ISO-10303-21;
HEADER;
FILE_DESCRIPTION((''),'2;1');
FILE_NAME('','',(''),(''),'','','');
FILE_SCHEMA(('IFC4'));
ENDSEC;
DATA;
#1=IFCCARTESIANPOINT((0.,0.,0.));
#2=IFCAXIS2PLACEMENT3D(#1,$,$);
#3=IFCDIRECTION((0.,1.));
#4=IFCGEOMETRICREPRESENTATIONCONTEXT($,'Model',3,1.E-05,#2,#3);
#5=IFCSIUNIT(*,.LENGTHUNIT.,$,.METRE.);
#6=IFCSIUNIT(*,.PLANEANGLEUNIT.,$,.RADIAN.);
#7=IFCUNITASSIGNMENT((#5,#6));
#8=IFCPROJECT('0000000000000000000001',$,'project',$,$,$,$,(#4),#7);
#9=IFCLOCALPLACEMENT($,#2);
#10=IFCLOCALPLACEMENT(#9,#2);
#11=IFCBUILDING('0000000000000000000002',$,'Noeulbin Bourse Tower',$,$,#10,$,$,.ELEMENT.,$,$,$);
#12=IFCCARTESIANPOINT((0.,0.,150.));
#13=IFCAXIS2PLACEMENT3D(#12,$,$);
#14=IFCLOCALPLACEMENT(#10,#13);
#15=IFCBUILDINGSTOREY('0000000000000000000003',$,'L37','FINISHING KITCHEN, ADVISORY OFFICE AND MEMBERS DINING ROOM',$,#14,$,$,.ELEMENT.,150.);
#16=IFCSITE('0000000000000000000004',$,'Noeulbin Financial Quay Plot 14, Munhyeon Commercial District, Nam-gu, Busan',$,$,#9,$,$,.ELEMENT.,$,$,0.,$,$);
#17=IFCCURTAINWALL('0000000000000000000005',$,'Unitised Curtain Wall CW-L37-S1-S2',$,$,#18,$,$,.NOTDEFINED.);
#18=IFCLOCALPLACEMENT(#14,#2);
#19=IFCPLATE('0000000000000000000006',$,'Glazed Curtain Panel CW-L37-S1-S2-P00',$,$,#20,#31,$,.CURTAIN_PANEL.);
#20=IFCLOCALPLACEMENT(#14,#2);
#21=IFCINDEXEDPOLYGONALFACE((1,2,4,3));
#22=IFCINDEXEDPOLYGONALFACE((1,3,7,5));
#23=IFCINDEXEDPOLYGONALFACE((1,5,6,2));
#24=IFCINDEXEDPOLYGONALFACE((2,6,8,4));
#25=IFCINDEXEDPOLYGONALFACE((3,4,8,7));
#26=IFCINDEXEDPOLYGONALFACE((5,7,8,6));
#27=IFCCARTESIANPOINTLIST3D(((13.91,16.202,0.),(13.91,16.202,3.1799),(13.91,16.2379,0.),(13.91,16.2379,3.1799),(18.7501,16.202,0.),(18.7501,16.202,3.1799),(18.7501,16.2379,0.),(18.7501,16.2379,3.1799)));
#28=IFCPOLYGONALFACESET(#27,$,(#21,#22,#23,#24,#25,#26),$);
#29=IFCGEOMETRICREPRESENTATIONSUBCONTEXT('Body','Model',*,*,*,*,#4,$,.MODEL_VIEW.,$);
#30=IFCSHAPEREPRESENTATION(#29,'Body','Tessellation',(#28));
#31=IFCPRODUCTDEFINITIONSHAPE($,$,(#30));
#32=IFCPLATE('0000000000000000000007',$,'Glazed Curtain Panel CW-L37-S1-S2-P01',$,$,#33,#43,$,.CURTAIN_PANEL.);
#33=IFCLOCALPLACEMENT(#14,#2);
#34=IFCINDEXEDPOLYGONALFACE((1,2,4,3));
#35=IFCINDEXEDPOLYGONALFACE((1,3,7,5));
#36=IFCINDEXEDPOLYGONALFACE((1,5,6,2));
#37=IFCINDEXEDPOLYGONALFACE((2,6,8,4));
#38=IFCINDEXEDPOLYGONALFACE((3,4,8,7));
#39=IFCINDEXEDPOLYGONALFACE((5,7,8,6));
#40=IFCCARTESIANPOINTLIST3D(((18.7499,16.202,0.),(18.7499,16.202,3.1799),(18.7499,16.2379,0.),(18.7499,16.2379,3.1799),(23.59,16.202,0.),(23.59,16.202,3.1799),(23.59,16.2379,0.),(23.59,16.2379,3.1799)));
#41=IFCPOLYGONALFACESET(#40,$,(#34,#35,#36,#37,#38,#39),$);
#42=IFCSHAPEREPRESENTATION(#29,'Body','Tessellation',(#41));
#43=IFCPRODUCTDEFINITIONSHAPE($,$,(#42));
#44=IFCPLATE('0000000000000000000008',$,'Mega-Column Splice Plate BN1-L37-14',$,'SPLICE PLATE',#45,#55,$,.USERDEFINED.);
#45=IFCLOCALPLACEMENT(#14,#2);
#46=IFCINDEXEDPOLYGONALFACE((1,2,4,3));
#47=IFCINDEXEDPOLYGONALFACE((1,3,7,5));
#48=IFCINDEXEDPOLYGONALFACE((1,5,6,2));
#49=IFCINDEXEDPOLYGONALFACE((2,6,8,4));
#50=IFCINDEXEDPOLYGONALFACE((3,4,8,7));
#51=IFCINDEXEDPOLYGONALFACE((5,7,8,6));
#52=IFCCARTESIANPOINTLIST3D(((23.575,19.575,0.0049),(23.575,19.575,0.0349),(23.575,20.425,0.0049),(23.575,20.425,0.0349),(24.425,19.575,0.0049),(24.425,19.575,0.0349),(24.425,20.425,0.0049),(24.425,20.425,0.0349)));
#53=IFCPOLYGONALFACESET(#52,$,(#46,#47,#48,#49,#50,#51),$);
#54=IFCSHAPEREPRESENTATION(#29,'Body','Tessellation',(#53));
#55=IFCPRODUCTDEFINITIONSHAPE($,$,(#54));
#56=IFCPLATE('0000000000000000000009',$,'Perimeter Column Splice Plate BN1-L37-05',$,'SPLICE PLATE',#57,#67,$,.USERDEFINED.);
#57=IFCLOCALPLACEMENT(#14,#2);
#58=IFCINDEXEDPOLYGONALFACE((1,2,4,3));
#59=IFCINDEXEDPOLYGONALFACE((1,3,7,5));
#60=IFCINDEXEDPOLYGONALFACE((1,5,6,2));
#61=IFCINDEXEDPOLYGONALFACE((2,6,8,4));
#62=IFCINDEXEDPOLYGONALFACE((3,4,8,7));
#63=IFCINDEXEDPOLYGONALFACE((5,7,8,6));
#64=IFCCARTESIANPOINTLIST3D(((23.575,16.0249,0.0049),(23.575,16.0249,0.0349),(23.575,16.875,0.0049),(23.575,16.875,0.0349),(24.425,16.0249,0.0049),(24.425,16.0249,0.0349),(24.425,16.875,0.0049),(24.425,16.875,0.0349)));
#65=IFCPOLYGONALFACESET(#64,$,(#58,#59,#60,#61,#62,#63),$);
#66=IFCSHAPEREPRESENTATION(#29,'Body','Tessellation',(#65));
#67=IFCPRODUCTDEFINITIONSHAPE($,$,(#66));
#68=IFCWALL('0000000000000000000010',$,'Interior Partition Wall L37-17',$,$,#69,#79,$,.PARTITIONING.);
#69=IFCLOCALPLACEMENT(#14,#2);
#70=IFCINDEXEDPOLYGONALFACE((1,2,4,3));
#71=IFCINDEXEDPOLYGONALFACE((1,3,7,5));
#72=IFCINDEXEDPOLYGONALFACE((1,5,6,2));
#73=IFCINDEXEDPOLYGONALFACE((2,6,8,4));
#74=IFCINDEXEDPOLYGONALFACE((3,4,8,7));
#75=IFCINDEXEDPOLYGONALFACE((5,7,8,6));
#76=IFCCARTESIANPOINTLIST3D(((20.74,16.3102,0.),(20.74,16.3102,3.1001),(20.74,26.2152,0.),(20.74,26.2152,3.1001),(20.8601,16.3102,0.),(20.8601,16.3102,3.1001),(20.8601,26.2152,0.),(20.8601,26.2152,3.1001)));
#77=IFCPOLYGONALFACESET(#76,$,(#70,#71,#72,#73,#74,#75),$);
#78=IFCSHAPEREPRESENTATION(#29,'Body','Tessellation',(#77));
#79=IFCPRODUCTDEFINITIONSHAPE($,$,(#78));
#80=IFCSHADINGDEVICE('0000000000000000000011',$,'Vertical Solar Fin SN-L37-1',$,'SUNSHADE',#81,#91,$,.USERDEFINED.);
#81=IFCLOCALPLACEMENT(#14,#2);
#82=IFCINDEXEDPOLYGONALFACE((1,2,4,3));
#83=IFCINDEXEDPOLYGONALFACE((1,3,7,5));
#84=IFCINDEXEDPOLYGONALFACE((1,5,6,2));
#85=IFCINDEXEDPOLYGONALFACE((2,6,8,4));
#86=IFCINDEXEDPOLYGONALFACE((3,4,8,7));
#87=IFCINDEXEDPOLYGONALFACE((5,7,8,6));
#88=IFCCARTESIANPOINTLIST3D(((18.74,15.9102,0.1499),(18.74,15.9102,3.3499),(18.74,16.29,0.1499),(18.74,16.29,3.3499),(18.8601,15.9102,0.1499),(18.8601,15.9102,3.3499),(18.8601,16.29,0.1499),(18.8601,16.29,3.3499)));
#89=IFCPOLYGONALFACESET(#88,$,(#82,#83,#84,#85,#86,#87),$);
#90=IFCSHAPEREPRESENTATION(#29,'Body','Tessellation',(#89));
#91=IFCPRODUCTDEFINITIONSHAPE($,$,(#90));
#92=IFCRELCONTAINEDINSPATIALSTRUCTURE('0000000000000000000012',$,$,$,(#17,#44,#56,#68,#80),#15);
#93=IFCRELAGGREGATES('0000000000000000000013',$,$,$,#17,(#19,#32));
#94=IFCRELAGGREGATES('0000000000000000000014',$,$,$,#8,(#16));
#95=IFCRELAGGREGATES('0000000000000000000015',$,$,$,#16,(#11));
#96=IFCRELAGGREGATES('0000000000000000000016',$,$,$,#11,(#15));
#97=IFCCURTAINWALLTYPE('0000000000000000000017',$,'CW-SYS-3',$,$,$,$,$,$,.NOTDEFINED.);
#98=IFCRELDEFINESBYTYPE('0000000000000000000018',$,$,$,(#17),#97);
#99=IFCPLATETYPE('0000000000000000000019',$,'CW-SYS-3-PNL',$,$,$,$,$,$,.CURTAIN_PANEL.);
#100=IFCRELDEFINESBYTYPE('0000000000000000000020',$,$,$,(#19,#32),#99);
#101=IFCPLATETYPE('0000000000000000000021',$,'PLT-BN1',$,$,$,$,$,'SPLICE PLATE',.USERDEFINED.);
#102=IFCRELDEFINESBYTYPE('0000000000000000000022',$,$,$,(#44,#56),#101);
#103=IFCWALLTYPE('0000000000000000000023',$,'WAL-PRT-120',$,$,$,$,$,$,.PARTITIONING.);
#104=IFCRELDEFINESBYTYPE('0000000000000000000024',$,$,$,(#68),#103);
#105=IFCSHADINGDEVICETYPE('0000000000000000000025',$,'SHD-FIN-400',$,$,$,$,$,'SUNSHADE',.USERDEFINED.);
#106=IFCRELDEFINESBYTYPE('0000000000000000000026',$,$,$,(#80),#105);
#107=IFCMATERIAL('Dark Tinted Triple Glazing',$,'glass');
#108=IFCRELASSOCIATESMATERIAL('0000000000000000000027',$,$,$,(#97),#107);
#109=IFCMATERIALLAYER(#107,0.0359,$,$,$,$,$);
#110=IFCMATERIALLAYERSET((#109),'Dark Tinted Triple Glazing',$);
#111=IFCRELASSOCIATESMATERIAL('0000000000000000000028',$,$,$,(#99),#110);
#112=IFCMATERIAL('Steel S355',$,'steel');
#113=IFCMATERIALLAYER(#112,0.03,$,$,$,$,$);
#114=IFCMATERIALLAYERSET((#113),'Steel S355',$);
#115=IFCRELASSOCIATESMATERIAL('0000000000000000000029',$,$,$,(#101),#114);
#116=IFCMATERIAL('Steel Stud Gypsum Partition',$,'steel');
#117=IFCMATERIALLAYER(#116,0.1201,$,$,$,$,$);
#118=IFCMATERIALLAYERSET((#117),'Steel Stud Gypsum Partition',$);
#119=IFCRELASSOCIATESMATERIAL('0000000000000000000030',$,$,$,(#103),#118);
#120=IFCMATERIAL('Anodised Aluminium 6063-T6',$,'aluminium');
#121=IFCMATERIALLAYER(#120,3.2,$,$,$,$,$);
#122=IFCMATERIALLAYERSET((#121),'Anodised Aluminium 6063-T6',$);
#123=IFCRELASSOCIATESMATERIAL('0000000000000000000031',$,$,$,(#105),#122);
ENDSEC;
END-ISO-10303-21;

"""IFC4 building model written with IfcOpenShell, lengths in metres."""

from ifc_helpers import new_model, si_unit, direction, frame, frame_2d, origin, origin_2d, place, context, subcontext, project, spatial, rectangle, extrude, material, layer, layer_set, type_object, element, aggregate, save


model = new_model("IFC4")

# Units and contexts
model_context = context("Model", 3, precision=1e-05, world=origin(), true_north=direction((0.0, 1.0)))
body_context = subcontext(model_context, "Body", "Model", "MODEL_VIEW")
ifc_project = project(units=[si_unit("LENGTHUNIT", "METRE"), si_unit("PLANEANGLEUNIT", "RADIAN")], contexts=[model_context])

# Site, building, storey
site_placement = place(None, origin())
site = spatial("IfcSite", under=ifc_project, at=site_placement, Name="Noeulbin Financial Quay Plot 14, Munhyeon Commercial District, Nam-gu, Busan", CompositionType="ELEMENT", RefElevation=0.0)
building_placement = place(site_placement, origin())
building = spatial("IfcBuilding", under=site, at=building_placement, Name="Noeulbin Bourse Tower", CompositionType="ELEMENT")
storey_placement = place(building_placement, frame((0.0, 0.0, 150.0)))
storey = spatial("IfcBuildingStorey", under=building, at=storey_placement, Name="L37", Description="FINISHING KITCHEN, ADVISORY OFFICE AND MEMBERS DINING ROOM", CompositionType="ELEMENT", Elevation=150.0)

# Shared definitions
ifc_material_1 = material(Name="Steel S355", Category="steel")

# Curtain wall, plates
ifc_material_2 = material(Name="Dark Tinted Triple Glazing", Category="glass")
curtain_wall_type = type_object("IfcCurtainWallType", Name="CW-SYS-3", PredefinedType="NOTDEFINED", material=ifc_material_2)
curtain_wall_placement = place(storey_placement, origin())
curtain_wall = element("IfcCurtainWall", 1, at=curtain_wall_placement, inside=storey, type_object=curtain_wall_type, Name="Unitised Curtain Wall CW-L37-S1-S2", PredefinedType="NOTDEFINED")
ifc_material_3 = material(Name="Anodised Aluminium 6063-T6", Category="aluminium")
ifc_layer_1 = layer(ifc_material_2, 0.0359)
ifc_layer_set_1 = layer_set([ifc_layer_1], Name="Dark Tinted Triple Glazing")
plate_type_1 = type_object("IfcPlateType", Name="CW-SYS-3-PNL", PredefinedType="CURTAIN_PANEL", material=ifc_layer_set_1)
plate_1_placement = place(storey_placement, frame((16.3301, 16.22, 0.0), z_axis=(0.0, 0.0, 1.0), x_axis=(1.0, 0.0, 0.0)))
plate_1 = element("IfcPlate", 2, at=plate_1_placement, type_object=plate_type_1, Name="Glazed Curtain Panel CW-L37-S1-S2-P00", PredefinedType="CURTAIN_PANEL", context=body_context, shape_type="SweptSolid", body=[
    extrude(rectangle(XDim=4.8401, YDim=0.0359, at=origin_2d()), origin(), (0.0, 0.0, 1.0), 3.1799),
])
plate_2_placement = place(storey_placement, frame((21.1699, 16.22, 0.0), z_axis=(0.0, 0.0, 1.0), x_axis=(1.0, 0.0, 0.0)))
plate_2 = element("IfcPlate", 3, at=plate_2_placement, type_object=plate_type_1, Name="Glazed Curtain Panel CW-L37-S1-S2-P01", PredefinedType="CURTAIN_PANEL", context=body_context, shape_type="SweptSolid", body=[
    extrude(rectangle(XDim=4.8401, YDim=0.0359, at=origin_2d()), origin(), (0.0, 0.0, 1.0), 3.1799),
])
aggregate(curtain_wall, [plate_1, plate_2])

# Plates
ifc_layer_2 = layer(ifc_material_1, 0.03)
ifc_layer_set_2 = layer_set([ifc_layer_2], Name="Steel S355")
plate_type_2 = type_object("IfcPlateType", Name="PLT-BN1", ElementType="SPLICE PLATE", PredefinedType="USERDEFINED", material=ifc_layer_set_2)
for number, where, z_axis, x_axis, name in (
    (4, (24.0, 20.0, 0.0049), (0.0, 0.0, 1.0), (1.0, 0.0, 0.0), "Mega-Column Splice Plate BN1-L37-14"),
    (5, (24.0, 16.45, 0.0049), (0.0, 0.0, 1.0), (1.0, 0.0, 0.0), "Perimeter Column Splice Plate BN1-L37-05"),
):
    element("IfcPlate", number, at=place(storey_placement, frame(where, z_axis=z_axis, x_axis=x_axis)), inside=storey, type_object=plate_type_2, Name=name, ObjectType="SPLICE PLATE", PredefinedType="USERDEFINED", context=body_context, shape_type="SweptSolid", body=[
        extrude(rectangle(XDim=0.8501, YDim=0.8501, at=origin_2d()), origin(), (0.0, 0.0, 1.0), 0.03),
    ])

# Wall
ifc_material_4 = material(Name="Steel Stud Gypsum Partition", Category="steel")
ifc_layer_3 = layer(ifc_material_4, 0.1201)
ifc_layer_set_3 = layer_set([ifc_layer_3], Name="Steel Stud Gypsum Partition")
wall_type = type_object("IfcWallType", Name="WAL-PRT-120", PredefinedType="PARTITIONING", material=ifc_layer_set_3)
wall_placement = place(storey_placement, frame((20.8, 16.3101, 0.0), z_axis=(0.0, 0.0, 1.0), x_axis=(0.0, 1.0, 0.0)))
element("IfcWall", 6, at=wall_placement, inside=storey, type_object=wall_type, Name="Interior Partition Wall L37-17", PredefinedType="PARTITIONING", context=body_context, shape_type="SweptSolid", body=[
    extrude(rectangle(XDim=9.905, YDim=0.1201, at=frame_2d((4.9526, 0.0))), origin(), (0.0, 0.0, 1.0), 3.1001),
])

# Shading device
ifc_layer_4 = layer(ifc_material_3, 3.2)
ifc_layer_set_4 = layer_set([ifc_layer_4], Name="Anodised Aluminium 6063-T6")
shading_device_type = type_object("IfcShadingDeviceType", Name="SHD-FIN-400", ElementType="SUNSHADE", PredefinedType="USERDEFINED", material=ifc_layer_set_4)
shading_device_placement = place(storey_placement, frame((18.8, 16.1001, 0.1499), z_axis=(0.0, 0.0, 1.0), x_axis=(1.0, 0.0, 0.0)))
element("IfcShadingDevice", 7, at=shading_device_placement, inside=storey, type_object=shading_device_type, Name="Vertical Solar Fin SN-L37-1", ObjectType="SUNSHADE", PredefinedType="USERDEFINED", context=body_context, shape_type="SweptSolid", body=[
    extrude(rectangle(XDim=0.1201, YDim=0.3799, at=origin_2d()), origin(), (0.0, 0.0, 1.0), 3.2),
])

save(model, "model.ifc")
